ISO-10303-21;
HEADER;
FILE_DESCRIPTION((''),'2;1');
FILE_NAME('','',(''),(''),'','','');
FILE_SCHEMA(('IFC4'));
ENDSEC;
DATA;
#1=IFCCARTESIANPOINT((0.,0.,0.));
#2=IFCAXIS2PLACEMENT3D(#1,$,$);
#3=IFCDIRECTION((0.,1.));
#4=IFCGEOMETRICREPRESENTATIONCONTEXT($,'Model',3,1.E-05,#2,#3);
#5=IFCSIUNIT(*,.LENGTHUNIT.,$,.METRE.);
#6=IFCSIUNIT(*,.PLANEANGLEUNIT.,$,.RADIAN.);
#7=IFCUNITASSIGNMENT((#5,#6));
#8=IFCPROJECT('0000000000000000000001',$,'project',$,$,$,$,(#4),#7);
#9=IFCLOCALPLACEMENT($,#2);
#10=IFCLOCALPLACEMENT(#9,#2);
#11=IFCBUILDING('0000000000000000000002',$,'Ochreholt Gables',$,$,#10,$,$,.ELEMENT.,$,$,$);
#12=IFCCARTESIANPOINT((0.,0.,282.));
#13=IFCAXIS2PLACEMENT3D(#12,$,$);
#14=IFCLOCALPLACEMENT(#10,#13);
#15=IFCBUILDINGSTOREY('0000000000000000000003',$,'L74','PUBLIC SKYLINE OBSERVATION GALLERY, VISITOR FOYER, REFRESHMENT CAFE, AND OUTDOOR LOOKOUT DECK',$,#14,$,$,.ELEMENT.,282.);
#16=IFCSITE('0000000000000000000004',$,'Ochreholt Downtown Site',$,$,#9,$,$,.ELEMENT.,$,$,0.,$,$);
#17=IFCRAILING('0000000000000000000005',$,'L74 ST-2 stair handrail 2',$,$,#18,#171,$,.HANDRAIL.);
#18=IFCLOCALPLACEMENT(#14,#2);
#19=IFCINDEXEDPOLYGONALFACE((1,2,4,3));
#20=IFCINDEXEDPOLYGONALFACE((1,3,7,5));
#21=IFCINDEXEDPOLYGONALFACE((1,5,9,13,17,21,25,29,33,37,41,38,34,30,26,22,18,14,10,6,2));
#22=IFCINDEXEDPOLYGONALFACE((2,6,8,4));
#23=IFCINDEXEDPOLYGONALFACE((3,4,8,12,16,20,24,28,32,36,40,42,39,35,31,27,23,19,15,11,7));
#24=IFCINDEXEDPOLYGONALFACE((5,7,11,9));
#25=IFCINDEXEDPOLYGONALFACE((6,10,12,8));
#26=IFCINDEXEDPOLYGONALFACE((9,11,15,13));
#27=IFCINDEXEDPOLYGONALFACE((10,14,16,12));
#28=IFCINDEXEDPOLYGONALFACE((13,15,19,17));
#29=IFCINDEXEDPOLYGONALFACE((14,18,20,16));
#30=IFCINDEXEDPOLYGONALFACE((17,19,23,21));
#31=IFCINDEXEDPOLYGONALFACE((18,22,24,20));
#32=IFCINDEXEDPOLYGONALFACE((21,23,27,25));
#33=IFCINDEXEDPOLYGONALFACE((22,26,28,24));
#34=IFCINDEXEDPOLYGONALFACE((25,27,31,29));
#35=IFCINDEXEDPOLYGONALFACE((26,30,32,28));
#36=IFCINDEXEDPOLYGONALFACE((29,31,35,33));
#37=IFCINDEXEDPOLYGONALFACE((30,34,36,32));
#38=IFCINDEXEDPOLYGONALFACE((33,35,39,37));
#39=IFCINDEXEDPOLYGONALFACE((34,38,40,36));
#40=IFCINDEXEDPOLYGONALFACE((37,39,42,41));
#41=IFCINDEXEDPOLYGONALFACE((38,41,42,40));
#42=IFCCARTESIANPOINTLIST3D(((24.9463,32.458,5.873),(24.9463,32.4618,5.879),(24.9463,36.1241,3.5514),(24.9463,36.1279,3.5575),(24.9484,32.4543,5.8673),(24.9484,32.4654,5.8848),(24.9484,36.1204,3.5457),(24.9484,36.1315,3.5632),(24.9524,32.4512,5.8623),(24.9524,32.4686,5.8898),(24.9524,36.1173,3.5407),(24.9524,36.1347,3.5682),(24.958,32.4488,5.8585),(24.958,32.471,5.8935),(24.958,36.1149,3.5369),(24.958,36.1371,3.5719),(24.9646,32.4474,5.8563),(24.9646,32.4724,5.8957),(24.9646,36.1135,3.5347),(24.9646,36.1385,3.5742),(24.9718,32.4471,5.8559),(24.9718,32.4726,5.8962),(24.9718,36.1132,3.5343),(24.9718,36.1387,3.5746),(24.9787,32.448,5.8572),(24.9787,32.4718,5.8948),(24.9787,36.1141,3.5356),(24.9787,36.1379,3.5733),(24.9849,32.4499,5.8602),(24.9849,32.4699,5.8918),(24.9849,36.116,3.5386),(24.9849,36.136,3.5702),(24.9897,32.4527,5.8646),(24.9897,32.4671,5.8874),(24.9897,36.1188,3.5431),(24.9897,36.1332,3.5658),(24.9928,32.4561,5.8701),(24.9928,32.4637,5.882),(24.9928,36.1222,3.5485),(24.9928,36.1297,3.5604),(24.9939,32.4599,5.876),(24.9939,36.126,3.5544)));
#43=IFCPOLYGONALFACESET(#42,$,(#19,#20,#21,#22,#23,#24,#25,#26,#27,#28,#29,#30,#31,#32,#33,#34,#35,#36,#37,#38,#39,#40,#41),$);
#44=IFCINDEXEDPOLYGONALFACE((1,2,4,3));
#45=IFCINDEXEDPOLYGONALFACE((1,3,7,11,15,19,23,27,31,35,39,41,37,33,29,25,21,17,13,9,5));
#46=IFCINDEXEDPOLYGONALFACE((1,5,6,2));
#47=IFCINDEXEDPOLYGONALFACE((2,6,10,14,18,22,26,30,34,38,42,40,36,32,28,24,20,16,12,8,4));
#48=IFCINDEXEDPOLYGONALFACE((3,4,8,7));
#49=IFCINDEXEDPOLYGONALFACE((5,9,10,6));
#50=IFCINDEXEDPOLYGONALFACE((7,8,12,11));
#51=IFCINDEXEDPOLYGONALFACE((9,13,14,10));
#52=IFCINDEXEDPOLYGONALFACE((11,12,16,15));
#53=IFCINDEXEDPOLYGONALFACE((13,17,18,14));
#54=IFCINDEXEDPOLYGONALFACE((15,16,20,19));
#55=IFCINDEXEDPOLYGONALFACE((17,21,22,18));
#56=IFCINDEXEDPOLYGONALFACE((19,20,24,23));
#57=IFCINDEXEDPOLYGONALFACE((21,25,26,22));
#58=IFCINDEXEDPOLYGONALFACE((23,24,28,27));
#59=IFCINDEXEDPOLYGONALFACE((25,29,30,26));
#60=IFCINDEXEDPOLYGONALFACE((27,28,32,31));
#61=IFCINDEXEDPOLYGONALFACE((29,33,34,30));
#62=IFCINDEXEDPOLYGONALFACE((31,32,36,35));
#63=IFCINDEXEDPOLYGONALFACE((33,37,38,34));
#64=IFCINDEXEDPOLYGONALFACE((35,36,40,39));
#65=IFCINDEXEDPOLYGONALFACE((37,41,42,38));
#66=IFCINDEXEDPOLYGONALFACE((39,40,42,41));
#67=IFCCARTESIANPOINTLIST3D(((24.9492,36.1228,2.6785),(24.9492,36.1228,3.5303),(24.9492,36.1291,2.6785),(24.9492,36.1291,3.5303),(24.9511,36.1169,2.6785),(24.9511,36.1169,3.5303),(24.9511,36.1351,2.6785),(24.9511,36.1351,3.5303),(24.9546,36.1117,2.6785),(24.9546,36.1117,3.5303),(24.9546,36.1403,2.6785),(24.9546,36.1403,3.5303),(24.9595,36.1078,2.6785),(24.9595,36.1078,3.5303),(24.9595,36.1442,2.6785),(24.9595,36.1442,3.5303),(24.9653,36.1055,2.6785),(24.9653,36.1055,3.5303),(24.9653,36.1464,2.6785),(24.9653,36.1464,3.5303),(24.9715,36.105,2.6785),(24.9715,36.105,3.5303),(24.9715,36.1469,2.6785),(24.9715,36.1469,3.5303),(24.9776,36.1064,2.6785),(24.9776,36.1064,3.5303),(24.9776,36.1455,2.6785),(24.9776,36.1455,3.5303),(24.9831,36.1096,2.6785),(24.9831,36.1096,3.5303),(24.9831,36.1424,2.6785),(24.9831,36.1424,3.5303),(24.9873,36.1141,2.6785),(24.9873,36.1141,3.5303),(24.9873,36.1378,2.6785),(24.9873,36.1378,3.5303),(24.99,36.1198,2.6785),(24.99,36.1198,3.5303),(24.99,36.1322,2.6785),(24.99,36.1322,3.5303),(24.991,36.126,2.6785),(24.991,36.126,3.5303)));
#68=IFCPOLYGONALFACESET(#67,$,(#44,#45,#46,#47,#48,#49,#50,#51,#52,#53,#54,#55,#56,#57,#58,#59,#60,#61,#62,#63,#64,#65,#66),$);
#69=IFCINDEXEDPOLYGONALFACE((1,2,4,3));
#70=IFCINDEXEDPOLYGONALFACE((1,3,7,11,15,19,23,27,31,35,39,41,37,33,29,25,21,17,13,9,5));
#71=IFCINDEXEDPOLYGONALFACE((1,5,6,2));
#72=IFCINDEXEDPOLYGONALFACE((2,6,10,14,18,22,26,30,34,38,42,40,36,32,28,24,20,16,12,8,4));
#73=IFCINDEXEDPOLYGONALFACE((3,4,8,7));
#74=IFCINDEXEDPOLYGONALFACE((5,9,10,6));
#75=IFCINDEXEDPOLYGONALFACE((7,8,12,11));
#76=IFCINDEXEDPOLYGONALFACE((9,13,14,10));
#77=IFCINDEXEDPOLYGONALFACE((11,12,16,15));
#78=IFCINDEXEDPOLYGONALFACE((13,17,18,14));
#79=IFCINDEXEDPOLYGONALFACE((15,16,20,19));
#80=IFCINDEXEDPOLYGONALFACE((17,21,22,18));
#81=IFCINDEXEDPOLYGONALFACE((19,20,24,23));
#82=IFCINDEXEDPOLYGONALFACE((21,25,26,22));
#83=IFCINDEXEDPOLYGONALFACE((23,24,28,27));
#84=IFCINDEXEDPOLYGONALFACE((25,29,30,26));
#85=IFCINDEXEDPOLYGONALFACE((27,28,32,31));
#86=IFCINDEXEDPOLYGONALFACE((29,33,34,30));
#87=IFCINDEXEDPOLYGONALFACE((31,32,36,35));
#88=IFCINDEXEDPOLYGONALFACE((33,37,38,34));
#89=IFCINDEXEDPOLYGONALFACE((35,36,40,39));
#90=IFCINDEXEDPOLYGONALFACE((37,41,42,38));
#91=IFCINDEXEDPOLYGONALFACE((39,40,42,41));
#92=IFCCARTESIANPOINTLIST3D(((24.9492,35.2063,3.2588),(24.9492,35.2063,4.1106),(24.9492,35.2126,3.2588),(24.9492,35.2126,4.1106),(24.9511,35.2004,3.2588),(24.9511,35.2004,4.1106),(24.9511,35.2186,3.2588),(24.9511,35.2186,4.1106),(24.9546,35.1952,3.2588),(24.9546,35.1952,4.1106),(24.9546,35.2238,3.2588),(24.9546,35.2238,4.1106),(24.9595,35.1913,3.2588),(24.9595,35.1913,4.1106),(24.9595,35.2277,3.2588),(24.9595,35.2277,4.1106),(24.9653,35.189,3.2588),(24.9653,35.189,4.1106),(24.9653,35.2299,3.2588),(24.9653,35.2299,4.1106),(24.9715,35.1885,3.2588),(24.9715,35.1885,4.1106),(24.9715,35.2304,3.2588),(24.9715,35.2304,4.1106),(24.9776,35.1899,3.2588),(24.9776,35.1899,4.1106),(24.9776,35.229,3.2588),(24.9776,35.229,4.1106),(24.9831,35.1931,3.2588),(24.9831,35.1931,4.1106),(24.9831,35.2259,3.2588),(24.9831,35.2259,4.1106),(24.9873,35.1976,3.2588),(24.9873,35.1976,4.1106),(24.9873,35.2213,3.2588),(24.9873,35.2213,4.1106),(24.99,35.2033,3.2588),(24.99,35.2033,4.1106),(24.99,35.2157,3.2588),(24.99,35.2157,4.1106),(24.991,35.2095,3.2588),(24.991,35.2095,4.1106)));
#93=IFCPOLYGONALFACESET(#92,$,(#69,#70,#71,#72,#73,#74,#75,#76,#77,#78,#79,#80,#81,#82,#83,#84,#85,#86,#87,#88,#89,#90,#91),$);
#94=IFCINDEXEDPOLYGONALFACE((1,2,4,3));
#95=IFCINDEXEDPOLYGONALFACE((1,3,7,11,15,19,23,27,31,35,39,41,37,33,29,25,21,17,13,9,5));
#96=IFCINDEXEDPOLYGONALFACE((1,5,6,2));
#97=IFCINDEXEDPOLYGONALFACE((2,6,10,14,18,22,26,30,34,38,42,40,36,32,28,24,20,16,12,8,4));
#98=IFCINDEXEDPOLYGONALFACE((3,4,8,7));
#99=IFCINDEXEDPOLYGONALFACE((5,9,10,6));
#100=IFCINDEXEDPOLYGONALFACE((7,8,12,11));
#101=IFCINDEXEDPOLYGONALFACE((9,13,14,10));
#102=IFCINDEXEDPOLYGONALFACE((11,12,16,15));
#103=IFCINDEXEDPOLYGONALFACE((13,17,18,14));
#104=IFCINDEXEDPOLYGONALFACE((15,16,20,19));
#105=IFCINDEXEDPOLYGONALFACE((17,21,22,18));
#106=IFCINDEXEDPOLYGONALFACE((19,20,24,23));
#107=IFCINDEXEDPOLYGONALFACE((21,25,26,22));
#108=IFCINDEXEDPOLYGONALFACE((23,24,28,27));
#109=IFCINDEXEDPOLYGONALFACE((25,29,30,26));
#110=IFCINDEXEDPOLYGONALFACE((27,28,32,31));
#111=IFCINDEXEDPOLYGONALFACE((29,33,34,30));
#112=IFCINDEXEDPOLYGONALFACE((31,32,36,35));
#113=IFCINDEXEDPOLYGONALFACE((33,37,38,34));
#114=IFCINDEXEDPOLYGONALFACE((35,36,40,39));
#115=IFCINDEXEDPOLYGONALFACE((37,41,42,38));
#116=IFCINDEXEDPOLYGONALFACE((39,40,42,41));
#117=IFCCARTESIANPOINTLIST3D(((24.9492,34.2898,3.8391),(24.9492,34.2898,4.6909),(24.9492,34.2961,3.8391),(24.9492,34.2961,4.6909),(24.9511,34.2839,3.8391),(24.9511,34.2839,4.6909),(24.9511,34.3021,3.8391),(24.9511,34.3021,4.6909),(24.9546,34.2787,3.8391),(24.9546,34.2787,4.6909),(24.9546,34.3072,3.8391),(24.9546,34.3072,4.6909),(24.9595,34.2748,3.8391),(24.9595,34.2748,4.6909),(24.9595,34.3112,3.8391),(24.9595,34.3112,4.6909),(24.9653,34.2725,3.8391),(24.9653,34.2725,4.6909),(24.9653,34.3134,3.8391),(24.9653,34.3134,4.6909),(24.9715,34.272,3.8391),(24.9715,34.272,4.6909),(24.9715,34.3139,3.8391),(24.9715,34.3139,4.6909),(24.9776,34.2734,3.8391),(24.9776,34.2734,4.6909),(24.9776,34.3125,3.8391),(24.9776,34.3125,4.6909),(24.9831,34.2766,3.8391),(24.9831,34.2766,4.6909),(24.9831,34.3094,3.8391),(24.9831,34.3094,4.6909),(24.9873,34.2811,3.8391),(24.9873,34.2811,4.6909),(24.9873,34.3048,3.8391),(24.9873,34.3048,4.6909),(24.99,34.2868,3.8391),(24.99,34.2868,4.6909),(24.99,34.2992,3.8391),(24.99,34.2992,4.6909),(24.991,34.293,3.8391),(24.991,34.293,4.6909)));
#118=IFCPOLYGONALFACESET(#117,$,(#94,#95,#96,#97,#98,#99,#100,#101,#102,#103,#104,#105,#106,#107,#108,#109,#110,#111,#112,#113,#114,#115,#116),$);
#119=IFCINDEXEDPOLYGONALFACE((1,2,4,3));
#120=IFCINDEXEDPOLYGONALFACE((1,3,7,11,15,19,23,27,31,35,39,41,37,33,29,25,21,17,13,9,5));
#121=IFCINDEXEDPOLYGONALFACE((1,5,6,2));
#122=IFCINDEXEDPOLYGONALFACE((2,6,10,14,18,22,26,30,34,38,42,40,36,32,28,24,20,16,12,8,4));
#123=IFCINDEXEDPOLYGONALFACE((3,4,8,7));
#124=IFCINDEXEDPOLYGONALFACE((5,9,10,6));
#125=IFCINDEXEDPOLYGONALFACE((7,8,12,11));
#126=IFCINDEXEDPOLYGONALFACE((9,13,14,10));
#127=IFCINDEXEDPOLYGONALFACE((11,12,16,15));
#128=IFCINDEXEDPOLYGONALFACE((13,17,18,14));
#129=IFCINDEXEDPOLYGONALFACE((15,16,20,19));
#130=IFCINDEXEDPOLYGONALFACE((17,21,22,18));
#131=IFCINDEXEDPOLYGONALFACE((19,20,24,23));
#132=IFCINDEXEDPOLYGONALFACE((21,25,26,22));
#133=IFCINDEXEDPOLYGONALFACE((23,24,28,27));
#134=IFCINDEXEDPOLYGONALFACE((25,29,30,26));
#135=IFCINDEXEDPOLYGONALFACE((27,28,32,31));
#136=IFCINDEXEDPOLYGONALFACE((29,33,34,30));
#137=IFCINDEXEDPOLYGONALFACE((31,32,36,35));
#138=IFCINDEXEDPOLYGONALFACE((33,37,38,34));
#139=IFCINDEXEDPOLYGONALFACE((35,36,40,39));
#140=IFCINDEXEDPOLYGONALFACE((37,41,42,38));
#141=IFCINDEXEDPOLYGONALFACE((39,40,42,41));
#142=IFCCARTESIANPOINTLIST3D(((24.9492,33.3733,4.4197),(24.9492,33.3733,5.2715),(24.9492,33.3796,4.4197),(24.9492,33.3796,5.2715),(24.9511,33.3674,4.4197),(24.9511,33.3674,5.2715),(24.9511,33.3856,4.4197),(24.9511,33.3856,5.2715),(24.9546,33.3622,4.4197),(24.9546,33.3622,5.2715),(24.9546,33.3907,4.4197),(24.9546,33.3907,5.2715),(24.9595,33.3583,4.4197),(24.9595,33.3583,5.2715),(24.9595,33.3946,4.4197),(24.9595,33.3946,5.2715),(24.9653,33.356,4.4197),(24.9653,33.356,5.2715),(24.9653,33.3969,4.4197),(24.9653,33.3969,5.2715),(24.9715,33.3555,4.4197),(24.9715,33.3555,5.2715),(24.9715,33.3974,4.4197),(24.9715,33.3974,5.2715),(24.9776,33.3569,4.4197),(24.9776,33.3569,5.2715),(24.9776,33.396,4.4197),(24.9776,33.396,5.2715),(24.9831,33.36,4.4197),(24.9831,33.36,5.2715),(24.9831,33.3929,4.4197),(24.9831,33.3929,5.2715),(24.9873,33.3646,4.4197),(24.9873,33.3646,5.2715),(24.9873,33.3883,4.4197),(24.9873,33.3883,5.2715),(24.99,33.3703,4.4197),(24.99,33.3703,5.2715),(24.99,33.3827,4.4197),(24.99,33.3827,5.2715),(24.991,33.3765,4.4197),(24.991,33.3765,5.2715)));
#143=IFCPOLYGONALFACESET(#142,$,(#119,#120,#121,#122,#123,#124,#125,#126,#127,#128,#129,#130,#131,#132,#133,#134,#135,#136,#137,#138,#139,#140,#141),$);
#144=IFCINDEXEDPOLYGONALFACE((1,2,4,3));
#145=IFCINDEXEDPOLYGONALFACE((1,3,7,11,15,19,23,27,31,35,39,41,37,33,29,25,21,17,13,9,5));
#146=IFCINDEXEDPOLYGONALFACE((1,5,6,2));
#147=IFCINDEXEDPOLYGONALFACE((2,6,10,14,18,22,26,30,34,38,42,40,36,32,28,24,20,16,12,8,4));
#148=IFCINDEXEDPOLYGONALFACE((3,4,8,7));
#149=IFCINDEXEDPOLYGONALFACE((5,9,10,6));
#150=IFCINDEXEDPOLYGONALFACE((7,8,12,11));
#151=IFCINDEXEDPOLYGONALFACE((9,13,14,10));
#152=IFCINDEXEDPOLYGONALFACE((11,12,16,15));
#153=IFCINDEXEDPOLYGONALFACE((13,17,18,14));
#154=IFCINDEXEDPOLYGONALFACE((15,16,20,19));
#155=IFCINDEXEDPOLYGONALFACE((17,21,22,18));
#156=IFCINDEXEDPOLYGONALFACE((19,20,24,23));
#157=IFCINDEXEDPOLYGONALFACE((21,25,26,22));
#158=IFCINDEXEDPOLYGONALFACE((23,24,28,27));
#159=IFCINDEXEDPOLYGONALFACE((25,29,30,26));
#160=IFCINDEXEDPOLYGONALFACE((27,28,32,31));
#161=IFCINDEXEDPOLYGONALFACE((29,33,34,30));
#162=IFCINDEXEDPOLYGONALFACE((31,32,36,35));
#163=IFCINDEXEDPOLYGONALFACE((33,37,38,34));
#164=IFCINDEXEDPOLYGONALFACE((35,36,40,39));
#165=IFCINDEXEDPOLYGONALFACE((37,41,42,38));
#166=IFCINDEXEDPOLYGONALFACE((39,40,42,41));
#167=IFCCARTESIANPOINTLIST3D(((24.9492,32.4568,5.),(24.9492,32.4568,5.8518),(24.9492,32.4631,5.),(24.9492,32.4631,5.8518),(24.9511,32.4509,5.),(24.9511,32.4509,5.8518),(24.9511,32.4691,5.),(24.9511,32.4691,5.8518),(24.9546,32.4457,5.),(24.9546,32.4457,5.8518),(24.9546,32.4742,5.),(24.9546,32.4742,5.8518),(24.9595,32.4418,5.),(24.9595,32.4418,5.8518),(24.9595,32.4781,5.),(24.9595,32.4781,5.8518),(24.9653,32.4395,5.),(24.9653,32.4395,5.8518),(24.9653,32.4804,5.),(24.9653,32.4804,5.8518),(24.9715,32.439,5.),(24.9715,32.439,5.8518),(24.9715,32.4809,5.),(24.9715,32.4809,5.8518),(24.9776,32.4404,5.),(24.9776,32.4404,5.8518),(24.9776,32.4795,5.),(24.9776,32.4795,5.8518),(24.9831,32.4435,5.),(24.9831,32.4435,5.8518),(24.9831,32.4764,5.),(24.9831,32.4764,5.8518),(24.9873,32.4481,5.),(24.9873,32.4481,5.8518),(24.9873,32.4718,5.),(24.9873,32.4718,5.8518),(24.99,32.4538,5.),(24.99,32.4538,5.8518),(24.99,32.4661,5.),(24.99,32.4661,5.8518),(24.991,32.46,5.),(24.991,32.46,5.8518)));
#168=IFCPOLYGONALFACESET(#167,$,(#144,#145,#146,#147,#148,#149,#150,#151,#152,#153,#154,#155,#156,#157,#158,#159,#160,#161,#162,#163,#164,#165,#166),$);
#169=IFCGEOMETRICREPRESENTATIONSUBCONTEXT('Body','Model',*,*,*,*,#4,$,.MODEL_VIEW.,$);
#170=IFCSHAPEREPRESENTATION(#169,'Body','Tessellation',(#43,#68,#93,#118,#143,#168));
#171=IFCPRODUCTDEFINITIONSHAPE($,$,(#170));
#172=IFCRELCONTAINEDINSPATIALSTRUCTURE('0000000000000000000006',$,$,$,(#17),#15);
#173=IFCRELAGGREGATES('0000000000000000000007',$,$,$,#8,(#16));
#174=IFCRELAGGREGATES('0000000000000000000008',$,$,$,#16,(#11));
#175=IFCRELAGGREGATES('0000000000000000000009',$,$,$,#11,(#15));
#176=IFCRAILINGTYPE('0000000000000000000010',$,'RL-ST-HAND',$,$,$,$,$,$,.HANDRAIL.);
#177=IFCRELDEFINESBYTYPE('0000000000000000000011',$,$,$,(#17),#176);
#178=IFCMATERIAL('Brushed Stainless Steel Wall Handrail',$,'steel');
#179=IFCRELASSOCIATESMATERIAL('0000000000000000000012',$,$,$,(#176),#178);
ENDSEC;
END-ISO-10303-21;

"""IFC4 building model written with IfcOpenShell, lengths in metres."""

from ifc_helpers import new_model, si_unit, direction, frame, origin, origin_2d, place, context, subcontext, project, spatial, circle, extrude, material, type_object, element, save


model = new_model("IFC4")

# Units and contexts
model_context = context("Model", 3, precision=1e-05, world=origin(), true_north=direction((0.0, 1.0)))
body_context = subcontext(model_context, "Body", "Model", "MODEL_VIEW")
ifc_project = project(units=[si_unit("LENGTHUNIT", "METRE"), si_unit("PLANEANGLEUNIT", "RADIAN")], contexts=[model_context])

# Site, building, storey
site_placement = place(None, origin())
site = spatial("IfcSite", under=ifc_project, at=site_placement, Name="Ochreholt Downtown Site", CompositionType="ELEMENT", RefElevation=0.0)
building_placement = place(site_placement, origin())
building = spatial("IfcBuilding", under=site, at=building_placement, Name="Ochreholt Gables", CompositionType="ELEMENT")
storey_placement = place(building_placement, frame((0.0, 0.0, 282.0)))
storey = spatial("IfcBuildingStorey", under=building, at=storey_placement, Name="L74", Description="PUBLIC SKYLINE OBSERVATION GALLERY, VISITOR FOYER, REFRESHMENT CAFE, AND OUTDOOR LOOKOUT DECK", CompositionType="ELEMENT", Elevation=282.0)

# Railing
ifc_material_1 = material(Name="Brushed Stainless Steel Wall Handrail", Category="steel")
railing_type_1 = type_object("IfcRailingType", Name="RL-ST-HAND", PredefinedType="HANDRAIL", material=ifc_material_1)
railing_1_placement = place(storey_placement, frame((24.97, 36.126, 2.6785)))
element("IfcRailing", 1, at=railing_1_placement, inside=storey, type_object=railing_type_1, Name="L74 ST-2 stair handrail 2", PredefinedType="HANDRAIL", context=body_context, shape_type="SweptSolid", body=[
    extrude(circle(Radius=0.0239, at=origin_2d()), frame((0.0, 0.0, 0.876), z_axis=(0.0, -0.844848, 0.535007), x_axis=(1.0, 0.0, 0.0)), (0.0, 0.0, 1.0), 4.3394),
    extrude(circle(Radius=0.021, at=origin_2d()), origin(), (0.0, 0.0, 1.0), 0.8518),
    extrude(circle(Radius=0.021, at=origin_2d()), frame((0.0, -0.9165, 0.5803)), (0.0, 0.0, 1.0), 0.8518),
    extrude(circle(Radius=0.021, at=origin_2d()), frame((0.0, -1.833, 1.1606)), (0.0, 0.0, 1.0), 0.8518),
    extrude(circle(Radius=0.021, at=origin_2d()), frame((0.0, -2.7495, 1.7412)), (0.0, 0.0, 1.0), 0.8518),
    extrude(circle(Radius=0.021, at=origin_2d()), frame((0.0, -3.666, 2.3215)), (0.0, 0.0, 1.0), 0.8518),
])

save(model, "model.ifc")
